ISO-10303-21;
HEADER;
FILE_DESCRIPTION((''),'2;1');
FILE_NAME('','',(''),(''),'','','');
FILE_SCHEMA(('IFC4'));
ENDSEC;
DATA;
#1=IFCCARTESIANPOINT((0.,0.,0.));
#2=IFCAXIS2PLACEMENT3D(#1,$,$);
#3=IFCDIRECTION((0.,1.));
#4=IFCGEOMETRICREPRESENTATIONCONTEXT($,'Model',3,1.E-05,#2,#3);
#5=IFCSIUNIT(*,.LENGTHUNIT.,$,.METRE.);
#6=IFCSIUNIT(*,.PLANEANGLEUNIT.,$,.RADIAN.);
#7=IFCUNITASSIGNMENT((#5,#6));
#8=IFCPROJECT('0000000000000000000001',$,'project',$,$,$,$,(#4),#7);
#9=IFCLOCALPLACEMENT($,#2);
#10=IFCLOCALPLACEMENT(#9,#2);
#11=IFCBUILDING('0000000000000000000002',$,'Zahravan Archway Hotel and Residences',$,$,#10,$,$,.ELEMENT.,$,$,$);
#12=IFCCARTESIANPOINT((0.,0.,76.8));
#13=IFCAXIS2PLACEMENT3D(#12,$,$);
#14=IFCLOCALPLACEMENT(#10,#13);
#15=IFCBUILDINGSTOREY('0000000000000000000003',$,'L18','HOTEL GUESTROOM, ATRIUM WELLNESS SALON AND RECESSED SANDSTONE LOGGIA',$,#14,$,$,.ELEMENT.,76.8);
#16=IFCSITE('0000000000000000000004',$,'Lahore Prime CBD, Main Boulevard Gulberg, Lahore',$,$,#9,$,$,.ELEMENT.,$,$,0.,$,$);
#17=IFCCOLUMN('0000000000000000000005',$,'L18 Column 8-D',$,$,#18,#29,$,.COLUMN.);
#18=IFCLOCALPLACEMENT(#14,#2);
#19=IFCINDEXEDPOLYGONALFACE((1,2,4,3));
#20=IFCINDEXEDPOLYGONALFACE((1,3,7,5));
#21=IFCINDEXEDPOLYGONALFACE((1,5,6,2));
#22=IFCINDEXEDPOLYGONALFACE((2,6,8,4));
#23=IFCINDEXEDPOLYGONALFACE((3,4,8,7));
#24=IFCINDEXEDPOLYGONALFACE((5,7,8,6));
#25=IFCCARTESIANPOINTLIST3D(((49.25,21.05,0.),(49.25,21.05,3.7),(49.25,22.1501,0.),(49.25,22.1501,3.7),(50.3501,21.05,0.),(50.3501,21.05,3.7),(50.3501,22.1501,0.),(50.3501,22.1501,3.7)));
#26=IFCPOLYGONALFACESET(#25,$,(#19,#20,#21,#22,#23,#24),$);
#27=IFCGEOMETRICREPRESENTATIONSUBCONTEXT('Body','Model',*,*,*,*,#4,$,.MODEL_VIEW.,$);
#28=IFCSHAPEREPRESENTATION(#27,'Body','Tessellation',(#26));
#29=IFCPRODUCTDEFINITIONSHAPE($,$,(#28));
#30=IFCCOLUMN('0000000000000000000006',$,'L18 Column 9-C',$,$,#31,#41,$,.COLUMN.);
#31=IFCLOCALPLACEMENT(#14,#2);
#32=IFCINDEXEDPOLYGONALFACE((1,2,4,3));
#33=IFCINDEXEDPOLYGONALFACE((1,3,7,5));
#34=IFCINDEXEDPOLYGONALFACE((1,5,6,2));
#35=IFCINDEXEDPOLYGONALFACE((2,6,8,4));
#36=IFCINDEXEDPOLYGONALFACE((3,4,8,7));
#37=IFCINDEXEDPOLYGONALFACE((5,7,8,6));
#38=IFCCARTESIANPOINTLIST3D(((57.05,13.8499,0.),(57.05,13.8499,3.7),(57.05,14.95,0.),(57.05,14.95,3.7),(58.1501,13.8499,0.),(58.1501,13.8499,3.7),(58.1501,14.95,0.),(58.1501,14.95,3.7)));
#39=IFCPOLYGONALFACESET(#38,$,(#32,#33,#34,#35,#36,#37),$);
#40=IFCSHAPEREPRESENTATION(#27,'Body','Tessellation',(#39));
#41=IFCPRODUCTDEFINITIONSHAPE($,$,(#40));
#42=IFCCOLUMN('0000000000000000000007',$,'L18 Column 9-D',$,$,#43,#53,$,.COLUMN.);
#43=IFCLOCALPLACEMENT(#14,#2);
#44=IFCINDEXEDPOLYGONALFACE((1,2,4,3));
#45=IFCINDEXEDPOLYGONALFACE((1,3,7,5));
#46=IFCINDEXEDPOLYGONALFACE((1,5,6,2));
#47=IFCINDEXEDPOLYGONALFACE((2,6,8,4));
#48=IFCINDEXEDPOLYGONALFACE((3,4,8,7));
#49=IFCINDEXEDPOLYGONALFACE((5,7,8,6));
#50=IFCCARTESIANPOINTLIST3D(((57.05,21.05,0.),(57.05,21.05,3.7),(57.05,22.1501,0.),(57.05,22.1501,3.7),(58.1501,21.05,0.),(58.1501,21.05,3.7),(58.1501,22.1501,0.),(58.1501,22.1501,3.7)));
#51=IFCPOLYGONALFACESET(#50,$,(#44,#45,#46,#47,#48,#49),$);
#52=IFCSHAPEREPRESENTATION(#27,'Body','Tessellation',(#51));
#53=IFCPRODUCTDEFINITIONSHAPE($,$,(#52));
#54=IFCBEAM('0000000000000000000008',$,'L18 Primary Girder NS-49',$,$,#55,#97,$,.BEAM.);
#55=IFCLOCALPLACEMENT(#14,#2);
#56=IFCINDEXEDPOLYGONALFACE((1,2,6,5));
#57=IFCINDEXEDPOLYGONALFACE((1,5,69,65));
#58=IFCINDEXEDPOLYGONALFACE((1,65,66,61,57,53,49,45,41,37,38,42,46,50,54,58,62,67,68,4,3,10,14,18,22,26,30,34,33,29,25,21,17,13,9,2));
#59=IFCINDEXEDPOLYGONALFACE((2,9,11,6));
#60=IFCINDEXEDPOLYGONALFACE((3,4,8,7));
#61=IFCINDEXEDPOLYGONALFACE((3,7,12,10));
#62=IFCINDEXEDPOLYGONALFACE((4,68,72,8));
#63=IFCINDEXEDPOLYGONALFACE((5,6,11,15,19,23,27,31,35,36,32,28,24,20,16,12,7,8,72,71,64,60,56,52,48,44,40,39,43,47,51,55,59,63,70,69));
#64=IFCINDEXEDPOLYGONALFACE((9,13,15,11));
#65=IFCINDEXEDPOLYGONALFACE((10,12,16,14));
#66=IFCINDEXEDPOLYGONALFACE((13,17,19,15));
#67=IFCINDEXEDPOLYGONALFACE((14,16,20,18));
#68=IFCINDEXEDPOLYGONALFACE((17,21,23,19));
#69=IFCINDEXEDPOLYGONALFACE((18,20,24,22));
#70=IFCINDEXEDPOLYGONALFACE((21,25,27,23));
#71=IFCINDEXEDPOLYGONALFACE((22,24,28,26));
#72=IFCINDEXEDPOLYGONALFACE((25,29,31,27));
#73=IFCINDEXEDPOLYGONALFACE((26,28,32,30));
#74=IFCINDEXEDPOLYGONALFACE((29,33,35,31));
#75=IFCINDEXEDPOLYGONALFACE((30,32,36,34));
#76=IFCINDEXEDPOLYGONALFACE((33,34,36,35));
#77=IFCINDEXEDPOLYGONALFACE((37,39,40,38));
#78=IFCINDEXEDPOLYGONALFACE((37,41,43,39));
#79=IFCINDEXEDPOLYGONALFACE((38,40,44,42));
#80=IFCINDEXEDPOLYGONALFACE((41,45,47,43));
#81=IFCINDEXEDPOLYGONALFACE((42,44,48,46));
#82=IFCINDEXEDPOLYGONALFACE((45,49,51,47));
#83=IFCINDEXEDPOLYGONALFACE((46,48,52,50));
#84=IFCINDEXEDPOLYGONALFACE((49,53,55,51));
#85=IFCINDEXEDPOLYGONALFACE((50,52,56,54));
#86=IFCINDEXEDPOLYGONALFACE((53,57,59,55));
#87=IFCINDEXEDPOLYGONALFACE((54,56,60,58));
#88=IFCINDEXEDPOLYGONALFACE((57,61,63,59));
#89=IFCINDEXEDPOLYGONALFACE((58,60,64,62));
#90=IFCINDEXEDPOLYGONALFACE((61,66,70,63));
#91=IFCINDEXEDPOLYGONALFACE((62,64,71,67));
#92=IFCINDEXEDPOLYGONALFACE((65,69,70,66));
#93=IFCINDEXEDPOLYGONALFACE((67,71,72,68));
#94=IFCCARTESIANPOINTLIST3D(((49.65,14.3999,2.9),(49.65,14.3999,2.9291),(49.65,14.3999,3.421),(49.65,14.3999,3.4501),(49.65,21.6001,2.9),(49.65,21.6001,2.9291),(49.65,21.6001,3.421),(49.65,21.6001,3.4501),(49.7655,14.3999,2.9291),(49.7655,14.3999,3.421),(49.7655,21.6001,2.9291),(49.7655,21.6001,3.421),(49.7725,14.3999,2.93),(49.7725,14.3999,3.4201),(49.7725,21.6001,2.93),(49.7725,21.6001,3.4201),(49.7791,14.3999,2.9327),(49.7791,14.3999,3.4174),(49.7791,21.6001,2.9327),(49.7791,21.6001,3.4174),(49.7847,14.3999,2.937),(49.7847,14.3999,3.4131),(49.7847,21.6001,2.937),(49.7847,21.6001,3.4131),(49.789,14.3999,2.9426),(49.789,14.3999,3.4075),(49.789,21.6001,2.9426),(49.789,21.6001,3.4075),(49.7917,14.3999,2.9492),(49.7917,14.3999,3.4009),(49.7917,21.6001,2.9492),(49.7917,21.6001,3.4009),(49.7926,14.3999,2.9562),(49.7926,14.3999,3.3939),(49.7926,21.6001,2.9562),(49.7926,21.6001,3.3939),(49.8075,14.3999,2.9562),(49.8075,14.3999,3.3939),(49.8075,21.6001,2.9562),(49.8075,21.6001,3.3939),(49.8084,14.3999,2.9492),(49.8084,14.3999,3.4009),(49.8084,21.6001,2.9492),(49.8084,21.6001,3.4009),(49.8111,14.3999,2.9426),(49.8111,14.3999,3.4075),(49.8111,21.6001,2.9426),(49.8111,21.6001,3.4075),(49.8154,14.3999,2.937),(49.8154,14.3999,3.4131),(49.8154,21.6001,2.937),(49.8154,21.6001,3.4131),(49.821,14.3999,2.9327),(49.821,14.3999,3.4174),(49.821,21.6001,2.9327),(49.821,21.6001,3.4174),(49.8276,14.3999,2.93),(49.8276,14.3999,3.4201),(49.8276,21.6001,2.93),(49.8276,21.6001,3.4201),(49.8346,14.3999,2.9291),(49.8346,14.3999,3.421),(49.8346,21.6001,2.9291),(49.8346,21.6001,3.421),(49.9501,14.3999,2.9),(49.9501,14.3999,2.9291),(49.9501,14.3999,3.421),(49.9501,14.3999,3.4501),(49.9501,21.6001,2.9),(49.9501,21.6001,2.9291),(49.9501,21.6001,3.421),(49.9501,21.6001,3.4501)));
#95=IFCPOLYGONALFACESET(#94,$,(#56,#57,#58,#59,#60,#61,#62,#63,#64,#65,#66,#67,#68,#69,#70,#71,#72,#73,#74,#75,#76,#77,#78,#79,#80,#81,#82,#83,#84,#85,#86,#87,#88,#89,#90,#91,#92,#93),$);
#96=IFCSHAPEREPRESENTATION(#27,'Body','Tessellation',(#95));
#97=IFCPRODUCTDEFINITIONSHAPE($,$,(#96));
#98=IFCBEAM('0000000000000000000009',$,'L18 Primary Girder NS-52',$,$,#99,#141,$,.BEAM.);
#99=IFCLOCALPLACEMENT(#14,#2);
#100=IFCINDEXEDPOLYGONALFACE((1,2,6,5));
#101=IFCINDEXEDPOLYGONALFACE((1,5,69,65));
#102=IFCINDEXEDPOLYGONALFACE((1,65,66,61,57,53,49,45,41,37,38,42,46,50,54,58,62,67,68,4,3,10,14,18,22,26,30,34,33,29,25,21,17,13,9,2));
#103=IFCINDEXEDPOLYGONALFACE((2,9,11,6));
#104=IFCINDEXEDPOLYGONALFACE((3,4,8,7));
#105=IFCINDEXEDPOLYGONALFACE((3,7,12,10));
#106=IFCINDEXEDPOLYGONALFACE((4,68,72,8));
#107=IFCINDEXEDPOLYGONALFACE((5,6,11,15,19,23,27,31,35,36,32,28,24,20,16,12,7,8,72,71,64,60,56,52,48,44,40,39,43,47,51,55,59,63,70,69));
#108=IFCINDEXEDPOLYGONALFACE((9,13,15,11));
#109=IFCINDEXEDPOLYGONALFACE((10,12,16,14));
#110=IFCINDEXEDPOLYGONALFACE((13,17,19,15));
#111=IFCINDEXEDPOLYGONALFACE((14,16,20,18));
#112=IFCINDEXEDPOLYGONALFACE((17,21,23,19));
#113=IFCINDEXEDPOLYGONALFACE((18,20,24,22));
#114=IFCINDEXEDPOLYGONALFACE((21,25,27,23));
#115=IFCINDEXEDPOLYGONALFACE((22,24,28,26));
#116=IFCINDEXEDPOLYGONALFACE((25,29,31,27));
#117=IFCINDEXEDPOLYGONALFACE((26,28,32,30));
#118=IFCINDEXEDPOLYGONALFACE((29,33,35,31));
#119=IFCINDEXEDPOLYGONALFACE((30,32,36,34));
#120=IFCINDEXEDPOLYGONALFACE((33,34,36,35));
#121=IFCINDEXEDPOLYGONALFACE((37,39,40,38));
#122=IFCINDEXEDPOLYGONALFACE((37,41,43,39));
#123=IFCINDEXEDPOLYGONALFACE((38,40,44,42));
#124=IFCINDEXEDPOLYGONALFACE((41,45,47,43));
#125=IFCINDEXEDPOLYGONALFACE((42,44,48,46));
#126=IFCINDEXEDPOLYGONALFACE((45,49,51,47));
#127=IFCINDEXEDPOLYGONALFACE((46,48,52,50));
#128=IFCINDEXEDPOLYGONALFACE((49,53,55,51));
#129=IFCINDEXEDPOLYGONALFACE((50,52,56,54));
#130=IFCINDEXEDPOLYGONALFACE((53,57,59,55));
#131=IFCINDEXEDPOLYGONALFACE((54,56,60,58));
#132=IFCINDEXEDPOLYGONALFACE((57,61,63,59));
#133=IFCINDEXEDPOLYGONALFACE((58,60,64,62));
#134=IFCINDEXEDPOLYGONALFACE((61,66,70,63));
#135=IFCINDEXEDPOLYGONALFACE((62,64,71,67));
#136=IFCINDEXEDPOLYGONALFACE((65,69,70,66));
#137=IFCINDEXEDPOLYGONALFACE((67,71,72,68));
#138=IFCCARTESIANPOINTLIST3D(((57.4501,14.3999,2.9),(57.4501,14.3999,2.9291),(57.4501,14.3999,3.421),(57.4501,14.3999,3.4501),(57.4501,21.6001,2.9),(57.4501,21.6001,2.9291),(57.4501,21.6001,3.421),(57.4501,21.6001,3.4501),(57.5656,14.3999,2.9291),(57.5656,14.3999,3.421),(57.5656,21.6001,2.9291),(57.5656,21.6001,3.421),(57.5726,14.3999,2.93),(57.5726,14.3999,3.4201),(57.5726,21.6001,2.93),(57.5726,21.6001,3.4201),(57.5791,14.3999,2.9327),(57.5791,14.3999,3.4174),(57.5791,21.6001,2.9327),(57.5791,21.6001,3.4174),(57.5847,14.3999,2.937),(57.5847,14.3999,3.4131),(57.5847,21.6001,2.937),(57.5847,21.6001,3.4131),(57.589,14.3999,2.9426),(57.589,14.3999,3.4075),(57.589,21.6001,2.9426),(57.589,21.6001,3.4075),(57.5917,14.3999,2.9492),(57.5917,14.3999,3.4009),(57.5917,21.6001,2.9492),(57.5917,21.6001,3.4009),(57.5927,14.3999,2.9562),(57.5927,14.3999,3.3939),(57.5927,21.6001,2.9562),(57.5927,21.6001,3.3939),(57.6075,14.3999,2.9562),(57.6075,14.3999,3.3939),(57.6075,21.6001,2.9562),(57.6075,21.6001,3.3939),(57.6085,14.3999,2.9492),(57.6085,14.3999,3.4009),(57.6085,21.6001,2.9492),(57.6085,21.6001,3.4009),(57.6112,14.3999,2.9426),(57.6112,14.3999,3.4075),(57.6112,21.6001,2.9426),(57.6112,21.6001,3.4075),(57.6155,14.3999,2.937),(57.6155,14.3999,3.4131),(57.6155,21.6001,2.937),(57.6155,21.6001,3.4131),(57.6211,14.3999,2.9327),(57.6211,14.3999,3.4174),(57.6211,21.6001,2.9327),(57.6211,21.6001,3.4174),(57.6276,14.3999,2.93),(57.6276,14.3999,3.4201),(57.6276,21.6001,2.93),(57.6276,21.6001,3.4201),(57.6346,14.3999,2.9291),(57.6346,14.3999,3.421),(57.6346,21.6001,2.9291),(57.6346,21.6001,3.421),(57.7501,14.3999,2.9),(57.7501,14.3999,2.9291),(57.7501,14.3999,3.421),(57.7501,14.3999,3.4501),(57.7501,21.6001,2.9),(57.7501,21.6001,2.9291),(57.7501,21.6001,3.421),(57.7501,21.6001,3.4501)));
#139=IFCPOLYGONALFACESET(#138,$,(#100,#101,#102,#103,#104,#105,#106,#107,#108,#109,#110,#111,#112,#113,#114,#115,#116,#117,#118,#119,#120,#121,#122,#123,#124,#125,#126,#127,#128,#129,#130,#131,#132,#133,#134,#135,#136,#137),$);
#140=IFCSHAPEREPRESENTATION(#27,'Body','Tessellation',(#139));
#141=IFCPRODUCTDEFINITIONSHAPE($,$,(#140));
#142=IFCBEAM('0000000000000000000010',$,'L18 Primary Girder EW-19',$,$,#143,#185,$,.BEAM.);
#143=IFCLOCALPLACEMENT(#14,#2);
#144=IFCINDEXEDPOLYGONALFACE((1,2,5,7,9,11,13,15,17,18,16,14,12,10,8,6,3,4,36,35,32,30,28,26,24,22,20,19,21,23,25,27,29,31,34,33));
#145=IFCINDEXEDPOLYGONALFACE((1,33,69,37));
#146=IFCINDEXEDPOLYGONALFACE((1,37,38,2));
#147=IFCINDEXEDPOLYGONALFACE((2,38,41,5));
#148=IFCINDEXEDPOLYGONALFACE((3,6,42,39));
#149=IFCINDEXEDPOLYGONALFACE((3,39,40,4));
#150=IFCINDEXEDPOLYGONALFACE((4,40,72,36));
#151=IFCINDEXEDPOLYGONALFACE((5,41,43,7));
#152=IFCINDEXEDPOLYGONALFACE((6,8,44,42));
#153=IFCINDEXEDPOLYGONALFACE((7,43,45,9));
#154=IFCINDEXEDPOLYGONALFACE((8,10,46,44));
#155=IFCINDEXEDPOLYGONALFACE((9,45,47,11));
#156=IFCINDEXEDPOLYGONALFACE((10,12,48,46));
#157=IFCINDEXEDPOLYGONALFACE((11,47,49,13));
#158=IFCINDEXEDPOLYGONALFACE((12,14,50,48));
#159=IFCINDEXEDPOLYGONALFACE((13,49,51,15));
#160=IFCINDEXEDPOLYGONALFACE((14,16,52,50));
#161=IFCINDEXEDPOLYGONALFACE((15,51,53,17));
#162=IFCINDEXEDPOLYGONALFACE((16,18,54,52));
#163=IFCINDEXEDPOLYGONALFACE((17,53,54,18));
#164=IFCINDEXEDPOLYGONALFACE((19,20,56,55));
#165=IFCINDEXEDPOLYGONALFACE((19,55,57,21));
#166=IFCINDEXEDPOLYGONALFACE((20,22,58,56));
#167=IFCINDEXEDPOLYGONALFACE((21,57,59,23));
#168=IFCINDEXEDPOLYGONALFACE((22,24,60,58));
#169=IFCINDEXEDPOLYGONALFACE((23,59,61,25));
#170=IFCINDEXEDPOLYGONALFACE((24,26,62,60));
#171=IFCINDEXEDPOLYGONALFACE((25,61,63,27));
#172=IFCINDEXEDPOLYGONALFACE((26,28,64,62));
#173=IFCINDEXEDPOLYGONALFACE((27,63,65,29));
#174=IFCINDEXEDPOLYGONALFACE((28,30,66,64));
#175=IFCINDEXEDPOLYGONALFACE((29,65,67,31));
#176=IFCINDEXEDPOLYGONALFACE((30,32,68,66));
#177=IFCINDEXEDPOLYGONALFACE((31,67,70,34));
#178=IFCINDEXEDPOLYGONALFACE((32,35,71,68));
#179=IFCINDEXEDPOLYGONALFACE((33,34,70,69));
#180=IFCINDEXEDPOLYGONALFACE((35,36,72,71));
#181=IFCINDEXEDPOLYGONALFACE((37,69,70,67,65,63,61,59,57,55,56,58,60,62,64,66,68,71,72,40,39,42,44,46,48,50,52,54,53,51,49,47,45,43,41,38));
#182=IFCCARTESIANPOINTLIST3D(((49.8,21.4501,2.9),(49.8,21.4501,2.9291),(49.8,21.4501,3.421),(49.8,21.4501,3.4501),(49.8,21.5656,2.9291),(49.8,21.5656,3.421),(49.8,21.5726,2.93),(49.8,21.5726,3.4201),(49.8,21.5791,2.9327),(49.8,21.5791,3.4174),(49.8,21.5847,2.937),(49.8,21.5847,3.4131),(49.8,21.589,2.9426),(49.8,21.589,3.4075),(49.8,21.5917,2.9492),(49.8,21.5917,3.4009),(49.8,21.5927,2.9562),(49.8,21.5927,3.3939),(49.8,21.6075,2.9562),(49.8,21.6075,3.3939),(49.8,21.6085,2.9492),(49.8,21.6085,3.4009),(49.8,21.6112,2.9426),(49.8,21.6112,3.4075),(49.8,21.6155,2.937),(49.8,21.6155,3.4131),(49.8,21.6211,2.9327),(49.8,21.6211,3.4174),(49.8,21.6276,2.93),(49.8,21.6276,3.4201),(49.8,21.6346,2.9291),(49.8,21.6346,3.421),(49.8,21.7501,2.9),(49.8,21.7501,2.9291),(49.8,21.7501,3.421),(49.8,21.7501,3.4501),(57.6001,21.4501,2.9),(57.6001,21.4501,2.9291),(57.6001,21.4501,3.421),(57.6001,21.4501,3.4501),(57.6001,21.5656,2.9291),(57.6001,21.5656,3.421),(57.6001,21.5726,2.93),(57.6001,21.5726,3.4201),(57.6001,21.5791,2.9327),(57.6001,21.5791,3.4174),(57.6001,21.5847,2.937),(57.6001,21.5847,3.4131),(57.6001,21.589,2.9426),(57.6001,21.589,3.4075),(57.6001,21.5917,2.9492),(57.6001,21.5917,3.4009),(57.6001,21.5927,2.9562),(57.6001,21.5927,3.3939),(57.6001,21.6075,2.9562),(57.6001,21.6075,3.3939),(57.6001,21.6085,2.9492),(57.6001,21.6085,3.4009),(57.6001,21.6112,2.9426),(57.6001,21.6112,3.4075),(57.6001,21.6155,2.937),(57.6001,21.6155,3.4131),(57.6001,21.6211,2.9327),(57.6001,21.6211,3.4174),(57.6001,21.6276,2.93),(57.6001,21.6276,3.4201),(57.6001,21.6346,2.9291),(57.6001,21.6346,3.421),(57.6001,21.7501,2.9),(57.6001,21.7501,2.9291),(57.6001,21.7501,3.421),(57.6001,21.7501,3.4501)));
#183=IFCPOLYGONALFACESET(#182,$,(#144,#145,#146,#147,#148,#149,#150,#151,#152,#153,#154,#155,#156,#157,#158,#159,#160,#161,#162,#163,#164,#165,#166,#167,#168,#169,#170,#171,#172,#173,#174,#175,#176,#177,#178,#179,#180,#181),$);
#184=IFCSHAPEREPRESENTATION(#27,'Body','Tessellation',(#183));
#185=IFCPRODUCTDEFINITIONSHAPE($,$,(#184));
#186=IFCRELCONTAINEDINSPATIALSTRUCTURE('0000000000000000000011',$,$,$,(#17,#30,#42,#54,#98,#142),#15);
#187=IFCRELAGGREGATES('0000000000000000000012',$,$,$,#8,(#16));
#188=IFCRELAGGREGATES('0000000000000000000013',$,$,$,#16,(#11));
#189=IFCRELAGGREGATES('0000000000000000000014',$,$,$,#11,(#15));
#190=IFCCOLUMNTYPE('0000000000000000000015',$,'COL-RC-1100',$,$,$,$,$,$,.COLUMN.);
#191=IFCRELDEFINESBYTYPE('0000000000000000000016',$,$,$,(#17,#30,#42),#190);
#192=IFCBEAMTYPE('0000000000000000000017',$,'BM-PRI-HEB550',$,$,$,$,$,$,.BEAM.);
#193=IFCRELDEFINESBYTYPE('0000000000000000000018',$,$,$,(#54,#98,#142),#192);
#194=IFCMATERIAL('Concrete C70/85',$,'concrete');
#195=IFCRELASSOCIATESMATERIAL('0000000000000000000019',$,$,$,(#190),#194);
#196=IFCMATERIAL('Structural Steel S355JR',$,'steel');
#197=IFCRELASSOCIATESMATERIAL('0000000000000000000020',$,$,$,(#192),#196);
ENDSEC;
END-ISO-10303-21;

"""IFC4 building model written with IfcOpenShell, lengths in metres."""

from ifc_helpers import new_model, si_unit, direction, frame, origin, origin_2d, place, context, subcontext, project, spatial, rectangle, i_section, extrude, source, transform, mapped, material, material_profile, profile_set, type_object, type_shapes, element, save


model = new_model("IFC4")

# Units and contexts
model_context = context("Model", 3, precision=1e-05, world=origin(), true_north=direction((0.0, 1.0)))
body_context = subcontext(model_context, "Body", "Model", "MODEL_VIEW")
ifc_project = project(units=[si_unit("LENGTHUNIT", "METRE"), si_unit("PLANEANGLEUNIT", "RADIAN")], contexts=[model_context])

# Site, building, storey
site_placement = place(None, origin())
site = spatial("IfcSite", under=ifc_project, at=site_placement, Name="Lahore Prime CBD, Main Boulevard Gulberg, Lahore", CompositionType="ELEMENT", RefElevation=0.0)
building_placement = place(site_placement, origin())
building = spatial("IfcBuilding", under=site, at=building_placement, Name="Zahravan Archway Hotel and Residences", CompositionType="ELEMENT")
storey_placement = place(building_placement, frame((0.0, 0.0, 76.8)))
storey = spatial("IfcBuildingStorey", under=building, at=storey_placement, Name="L18", Description="HOTEL GUESTROOM, ATRIUM WELLNESS SALON AND RECESSED SANDSTONE LOGGIA", CompositionType="ELEMENT", Elevation=76.8)

# Columns
ifc_material_1 = material(Name="Concrete C70/85", Category="concrete")
ifc_material_profile_1 = material_profile(ifc_material_1, rectangle(XDim=1.1001, YDim=1.1001, at=origin_2d()), Name="RC 1100x1100", Category="concrete")
ifc_profile_set_1 = profile_set([ifc_material_profile_1], Name="Concrete C70/85")
column_type = type_object("IfcColumnType", Name="COL-RC-1100", PredefinedType="COLUMN", material=ifc_profile_set_1)
shared_shape_1 = source(origin(), body_context, "Body", "SweptSolid", [
    extrude(rectangle(XDim=1.1001, YDim=1.1001, at=origin_2d()), origin(), (0.0, 0.0, 1.0), 3.7),
])
for number, where, z_axis, x_axis, name in (
    (1, (49.8, 21.6001, 0.0), (0.0, 0.0, 1.0), (1.0, 0.0, 0.0), "L18 Column 8-D"),
    (2, (57.6001, 14.3999, 0.0), (0.0, 0.0, 1.0), (1.0, 0.0, 0.0), "L18 Column 9-C"),
    (3, (57.6001, 21.6001, 0.0), (0.0, 0.0, 1.0), (1.0, 0.0, 0.0), "L18 Column 9-D"),
):
    element("IfcColumn", number, at=place(storey_placement, frame(where, z_axis=z_axis, x_axis=x_axis)), inside=storey, type_object=column_type, Name=name, PredefinedType="COLUMN", context=body_context, shape_type="MappedRepresentation", body=[
        mapped(shared_shape_1, transform((0.0, 0.0, 0.0), scale=1.0)),
    ])

# Beams
ifc_material_2 = material(Name="Structural Steel S355JR", Category="steel")
ifc_material_profile_2 = material_profile(ifc_material_2, i_section(OverallWidth=0.3, OverallDepth=0.55, WebThickness=0.0149, FlangeThickness=0.0291, FilletRadius=0.0271, at=origin_2d()), Name="HEB 550", Category="steel")
ifc_profile_set_2 = profile_set([ifc_material_profile_2], Name="Structural Steel S355JR")
beam_type_1 = type_object("IfcBeamType", Name="BM-PRI-HEB550", PredefinedType="BEAM", material=ifc_profile_set_2)
shared_shape_2 = source(origin(), body_context, "Body", "SweptSolid", [
    extrude(i_section(OverallWidth=0.3, OverallDepth=0.55, WebThickness=0.0149, FlangeThickness=0.0291, FilletRadius=0.0271, at=origin_2d()), origin(), (0.0, 0.0, 1.0), 7.2002),
])
type_shapes(beam_type_1, [shared_shape_2])
for number, where, z_axis, x_axis, name in (
    (4, (49.8, 14.3999, 3.175), (0.0, 1.0, 0.0), (-1.0, 0.0, 0.0), "L18 Primary Girder NS-49"),
    (5, (57.6001, 14.3999, 3.175), (0.0, 1.0, 0.0), (-1.0, 0.0, 0.0), "L18 Primary Girder NS-52"),
):
    element("IfcBeam", number, at=place(storey_placement, frame(where, z_axis=z_axis, x_axis=x_axis)), inside=storey, type_object=beam_type_1, Name=name, PredefinedType="BEAM", context=body_context, shape_type="MappedRepresentation", body=[
        mapped(shared_shape_2, transform((0.0, 0.0, 0.0), scale=1.0)),
    ])
shared_shape_3 = source(origin(), body_context, "Body", "SweptSolid", [
    extrude(i_section(OverallWidth=0.3, OverallDepth=0.55, WebThickness=0.0149, FlangeThickness=0.0291, FilletRadius=0.0271, at=origin_2d()), origin(), (0.0, 0.0, 1.0), 7.8),
])
beam_1_placement = place(storey_placement, frame((49.8, 21.6001, 3.175), z_axis=(1.0, 0.0, 0.0), x_axis=(0.0, 1.0, 0.0)))
element("IfcBeam", 6, at=beam_1_placement, inside=storey, type_object=beam_type_1, Name="L18 Primary Girder EW-19", PredefinedType="BEAM", context=body_context, shape_type="MappedRepresentation", body=[
    mapped(shared_shape_3, transform((0.0, 0.0, 0.0), scale=1.0)),
])

save(model, "model.ifc")
